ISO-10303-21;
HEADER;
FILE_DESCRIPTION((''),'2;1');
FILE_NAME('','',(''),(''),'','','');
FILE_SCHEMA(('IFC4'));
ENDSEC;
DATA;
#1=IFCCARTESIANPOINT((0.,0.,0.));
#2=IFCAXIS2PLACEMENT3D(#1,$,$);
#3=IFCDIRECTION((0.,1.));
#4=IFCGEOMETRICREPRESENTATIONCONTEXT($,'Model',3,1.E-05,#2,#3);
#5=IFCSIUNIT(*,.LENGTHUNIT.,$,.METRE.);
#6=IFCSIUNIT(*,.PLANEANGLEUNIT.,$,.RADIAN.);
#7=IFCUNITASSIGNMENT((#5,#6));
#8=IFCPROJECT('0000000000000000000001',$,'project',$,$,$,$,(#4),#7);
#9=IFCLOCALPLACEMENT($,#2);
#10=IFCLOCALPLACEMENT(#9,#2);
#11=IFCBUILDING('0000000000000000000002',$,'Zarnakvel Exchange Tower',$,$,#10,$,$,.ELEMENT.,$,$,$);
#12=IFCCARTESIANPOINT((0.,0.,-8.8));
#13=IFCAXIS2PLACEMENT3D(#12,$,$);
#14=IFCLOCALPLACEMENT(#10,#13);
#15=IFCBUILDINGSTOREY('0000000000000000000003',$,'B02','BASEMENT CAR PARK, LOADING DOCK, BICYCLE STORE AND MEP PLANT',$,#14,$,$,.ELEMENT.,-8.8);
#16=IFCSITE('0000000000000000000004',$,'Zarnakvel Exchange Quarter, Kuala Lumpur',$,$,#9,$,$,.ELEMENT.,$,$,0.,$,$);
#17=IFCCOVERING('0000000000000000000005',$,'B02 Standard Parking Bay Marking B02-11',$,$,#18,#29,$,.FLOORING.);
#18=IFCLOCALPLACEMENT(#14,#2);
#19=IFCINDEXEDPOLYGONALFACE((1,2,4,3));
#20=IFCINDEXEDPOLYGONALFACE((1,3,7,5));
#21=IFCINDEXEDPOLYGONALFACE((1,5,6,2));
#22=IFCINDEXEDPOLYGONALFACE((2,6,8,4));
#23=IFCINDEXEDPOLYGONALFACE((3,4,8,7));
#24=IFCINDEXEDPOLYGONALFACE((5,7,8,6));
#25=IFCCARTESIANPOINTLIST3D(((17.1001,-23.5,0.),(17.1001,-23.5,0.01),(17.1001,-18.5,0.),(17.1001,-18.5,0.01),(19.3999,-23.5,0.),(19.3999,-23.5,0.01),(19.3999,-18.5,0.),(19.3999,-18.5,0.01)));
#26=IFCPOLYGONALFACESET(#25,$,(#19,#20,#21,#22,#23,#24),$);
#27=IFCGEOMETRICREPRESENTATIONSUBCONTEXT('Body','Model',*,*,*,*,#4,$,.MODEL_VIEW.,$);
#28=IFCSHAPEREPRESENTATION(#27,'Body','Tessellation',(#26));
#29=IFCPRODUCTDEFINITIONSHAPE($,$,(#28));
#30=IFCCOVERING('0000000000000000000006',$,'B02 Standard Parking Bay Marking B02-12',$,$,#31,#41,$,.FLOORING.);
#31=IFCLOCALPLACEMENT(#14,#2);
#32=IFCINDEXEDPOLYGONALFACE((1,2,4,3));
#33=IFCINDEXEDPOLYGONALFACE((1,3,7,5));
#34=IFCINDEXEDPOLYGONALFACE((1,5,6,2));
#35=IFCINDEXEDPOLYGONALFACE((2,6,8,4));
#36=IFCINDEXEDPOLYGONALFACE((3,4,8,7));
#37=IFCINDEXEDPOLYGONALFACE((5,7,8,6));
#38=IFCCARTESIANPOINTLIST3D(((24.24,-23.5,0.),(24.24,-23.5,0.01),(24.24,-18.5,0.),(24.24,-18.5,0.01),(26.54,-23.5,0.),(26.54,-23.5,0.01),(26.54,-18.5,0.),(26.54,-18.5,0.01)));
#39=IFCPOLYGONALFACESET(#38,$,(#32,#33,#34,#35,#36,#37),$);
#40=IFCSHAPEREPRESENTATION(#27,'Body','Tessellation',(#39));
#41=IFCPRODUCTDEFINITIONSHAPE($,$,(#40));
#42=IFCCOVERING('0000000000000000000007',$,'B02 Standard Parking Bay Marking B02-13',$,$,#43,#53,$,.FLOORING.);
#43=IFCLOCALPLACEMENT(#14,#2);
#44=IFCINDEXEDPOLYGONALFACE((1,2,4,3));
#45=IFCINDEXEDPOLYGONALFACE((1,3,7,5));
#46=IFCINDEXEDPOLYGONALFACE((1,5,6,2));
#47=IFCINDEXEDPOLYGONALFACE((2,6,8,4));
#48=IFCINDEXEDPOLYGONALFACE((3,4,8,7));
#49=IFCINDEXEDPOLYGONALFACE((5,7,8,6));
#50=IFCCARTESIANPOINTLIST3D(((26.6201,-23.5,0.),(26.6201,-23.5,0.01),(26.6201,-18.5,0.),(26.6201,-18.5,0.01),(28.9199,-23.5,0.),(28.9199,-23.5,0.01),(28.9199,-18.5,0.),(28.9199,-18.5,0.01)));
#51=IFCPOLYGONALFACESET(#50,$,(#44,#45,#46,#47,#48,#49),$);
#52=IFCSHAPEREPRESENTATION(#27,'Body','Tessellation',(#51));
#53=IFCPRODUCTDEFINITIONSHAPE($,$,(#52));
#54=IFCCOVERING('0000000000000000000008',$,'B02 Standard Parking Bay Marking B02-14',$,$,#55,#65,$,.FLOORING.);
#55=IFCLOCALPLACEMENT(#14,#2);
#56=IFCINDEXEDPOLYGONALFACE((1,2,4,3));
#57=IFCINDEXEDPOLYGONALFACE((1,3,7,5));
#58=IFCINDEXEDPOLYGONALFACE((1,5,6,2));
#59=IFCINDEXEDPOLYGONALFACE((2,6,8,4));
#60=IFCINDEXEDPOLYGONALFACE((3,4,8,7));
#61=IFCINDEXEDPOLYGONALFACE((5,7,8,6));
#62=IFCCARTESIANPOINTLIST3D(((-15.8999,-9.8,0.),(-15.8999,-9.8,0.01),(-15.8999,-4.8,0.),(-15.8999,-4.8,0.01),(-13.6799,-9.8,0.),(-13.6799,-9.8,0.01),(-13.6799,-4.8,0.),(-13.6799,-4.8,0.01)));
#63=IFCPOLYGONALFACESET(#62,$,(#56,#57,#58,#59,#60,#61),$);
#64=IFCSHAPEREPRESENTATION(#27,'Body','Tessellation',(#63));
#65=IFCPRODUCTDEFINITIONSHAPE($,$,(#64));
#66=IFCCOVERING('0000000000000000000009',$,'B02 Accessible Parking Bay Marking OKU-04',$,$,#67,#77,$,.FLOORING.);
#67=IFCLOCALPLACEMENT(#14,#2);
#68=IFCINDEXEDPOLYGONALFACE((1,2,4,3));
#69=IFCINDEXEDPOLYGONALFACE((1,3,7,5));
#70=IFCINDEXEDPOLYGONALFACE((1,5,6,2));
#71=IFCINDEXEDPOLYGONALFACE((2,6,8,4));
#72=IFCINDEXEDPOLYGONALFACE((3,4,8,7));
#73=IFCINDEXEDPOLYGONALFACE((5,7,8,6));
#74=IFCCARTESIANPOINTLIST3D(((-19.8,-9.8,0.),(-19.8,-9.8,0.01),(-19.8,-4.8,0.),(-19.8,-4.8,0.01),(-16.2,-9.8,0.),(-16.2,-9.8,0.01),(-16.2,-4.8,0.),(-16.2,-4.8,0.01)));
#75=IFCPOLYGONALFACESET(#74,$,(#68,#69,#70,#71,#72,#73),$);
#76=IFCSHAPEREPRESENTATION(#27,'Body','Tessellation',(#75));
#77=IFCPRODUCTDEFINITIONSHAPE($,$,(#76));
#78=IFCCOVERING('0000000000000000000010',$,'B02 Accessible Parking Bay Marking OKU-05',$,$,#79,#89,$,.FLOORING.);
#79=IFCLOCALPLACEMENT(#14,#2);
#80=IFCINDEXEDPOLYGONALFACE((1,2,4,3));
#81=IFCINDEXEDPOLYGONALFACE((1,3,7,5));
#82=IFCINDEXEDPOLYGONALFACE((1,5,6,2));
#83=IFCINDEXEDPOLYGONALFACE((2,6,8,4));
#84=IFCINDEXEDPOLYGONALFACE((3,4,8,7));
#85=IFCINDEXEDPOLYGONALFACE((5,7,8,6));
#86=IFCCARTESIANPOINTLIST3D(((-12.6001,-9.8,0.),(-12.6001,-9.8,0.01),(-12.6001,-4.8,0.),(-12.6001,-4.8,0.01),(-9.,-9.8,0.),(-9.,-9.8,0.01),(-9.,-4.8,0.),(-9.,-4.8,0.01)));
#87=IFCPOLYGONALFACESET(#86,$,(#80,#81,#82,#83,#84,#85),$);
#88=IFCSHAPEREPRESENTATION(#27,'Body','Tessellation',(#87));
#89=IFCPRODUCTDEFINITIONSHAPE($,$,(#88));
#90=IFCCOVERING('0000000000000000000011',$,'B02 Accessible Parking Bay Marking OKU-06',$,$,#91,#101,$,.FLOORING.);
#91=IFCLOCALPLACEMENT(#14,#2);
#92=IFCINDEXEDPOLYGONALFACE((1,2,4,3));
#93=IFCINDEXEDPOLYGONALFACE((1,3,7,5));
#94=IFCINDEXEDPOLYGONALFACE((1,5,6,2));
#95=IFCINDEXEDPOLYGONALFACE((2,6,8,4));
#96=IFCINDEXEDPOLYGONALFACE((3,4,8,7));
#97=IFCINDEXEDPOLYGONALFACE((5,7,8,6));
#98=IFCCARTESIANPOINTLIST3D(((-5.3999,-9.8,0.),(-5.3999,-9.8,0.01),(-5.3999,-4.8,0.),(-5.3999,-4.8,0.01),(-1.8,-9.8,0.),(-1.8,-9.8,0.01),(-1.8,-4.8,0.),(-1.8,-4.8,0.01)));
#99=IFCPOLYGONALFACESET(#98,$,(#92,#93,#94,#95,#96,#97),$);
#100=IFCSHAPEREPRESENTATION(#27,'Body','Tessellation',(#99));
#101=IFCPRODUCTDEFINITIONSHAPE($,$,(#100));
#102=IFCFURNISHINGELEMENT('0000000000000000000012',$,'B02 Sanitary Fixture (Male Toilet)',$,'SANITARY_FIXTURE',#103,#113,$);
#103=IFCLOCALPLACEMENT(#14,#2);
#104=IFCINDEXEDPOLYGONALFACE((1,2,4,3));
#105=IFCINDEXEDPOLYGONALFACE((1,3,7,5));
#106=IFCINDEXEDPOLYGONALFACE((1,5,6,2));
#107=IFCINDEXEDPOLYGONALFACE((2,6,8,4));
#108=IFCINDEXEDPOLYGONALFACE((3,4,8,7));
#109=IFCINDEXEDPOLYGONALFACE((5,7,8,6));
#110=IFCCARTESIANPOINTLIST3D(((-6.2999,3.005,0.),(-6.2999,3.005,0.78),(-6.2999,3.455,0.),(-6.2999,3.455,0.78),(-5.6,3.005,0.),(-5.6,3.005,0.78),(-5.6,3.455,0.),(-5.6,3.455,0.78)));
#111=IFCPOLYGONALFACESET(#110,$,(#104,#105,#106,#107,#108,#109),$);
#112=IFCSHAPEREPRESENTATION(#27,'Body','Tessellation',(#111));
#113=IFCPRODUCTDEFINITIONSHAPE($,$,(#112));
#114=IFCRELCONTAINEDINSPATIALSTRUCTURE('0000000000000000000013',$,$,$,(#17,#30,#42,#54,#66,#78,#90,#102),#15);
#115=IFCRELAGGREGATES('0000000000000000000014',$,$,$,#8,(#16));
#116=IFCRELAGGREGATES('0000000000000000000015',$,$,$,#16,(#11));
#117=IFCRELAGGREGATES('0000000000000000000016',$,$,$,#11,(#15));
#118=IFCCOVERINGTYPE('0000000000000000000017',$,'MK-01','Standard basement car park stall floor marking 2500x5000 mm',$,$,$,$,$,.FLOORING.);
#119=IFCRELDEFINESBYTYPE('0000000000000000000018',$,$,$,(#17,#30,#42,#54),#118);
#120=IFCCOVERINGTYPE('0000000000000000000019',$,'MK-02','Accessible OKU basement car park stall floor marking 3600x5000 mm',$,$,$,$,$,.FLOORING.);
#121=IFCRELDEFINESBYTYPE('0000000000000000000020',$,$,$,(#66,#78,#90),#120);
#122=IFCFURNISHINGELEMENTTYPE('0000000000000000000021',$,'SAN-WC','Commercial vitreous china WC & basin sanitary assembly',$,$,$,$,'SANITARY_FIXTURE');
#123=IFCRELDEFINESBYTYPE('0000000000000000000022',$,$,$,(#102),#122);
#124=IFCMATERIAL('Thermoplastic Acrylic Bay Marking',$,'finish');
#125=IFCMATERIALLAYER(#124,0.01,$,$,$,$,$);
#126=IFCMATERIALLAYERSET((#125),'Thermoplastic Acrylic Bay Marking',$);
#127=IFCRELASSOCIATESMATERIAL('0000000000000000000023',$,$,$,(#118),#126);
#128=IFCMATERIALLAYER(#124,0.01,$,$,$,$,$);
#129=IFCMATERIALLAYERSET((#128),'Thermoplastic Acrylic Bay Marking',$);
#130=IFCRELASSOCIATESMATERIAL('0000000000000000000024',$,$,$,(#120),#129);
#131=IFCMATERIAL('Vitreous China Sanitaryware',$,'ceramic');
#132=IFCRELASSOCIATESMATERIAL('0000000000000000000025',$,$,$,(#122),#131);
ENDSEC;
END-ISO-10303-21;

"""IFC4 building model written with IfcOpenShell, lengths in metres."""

from ifc_helpers import new_model, si_unit, direction, frame, origin, origin_2d, place, context, subcontext, project, spatial, polyline, rectangle, outline, extrude, source, transform, mapped, material, layer, layer_set, type_object, element, save


model = new_model("IFC4")

# Units and contexts
model_context = context("Model", 3, precision=1e-05, world=origin(), true_north=direction((0.0, 1.0)))
body_context = subcontext(model_context, "Body", "Model", "MODEL_VIEW")
ifc_project = project(units=[si_unit("LENGTHUNIT", "METRE"), si_unit("PLANEANGLEUNIT", "RADIAN")], contexts=[model_context])

# Site, building, storey
site_placement = place(None, origin())
site = spatial("IfcSite", under=ifc_project, at=site_placement, Name="Zarnakvel Exchange Quarter, Kuala Lumpur", CompositionType="ELEMENT", RefElevation=0.0)
building_placement = place(site_placement, origin())
building = spatial("IfcBuilding", under=site, at=building_placement, Name="Zarnakvel Exchange Tower", CompositionType="ELEMENT")
storey_placement = place(building_placement, frame((0.0, 0.0, -8.8)))
storey = spatial("IfcBuildingStorey", under=building, at=storey_placement, Name="B02", Description="BASEMENT CAR PARK, LOADING DOCK, BICYCLE STORE AND MEP PLANT", CompositionType="ELEMENT", Elevation=-8.8)

# Coverings
ifc_material_1 = material(Name="Thermoplastic Acrylic Bay Marking", Category="finish")
ifc_layer_1 = layer(ifc_material_1, 0.01)
ifc_layer_set_1 = layer_set([ifc_layer_1], Name="Thermoplastic Acrylic Bay Marking")
covering_type_1 = type_object("IfcCoveringType", Name="MK-01", Description="Standard basement car park stall floor marking 2500x5000 mm", PredefinedType="FLOORING", material=ifc_layer_set_1)
covering_1_placement = place(storey_placement, origin())
element("IfcCovering", 1, at=covering_1_placement, inside=storey, type_object=covering_type_1, Name="B02 Standard Parking Bay Marking B02-11", PredefinedType="FLOORING", context=body_context, shape_type="SweptSolid", body=[
    extrude(outline(polyline([(17.1001, -23.5), (19.3999, -23.5), (19.3999, -18.5), (17.1001, -18.5), (17.1001, -23.5)])), origin(), (0.0, 0.0, 1.0), 0.01),
])
covering_2_placement = place(storey_placement, origin())
element("IfcCovering", 2, at=covering_2_placement, inside=storey, type_object=covering_type_1, Name="B02 Standard Parking Bay Marking B02-12", PredefinedType="FLOORING", context=body_context, shape_type="SweptSolid", body=[
    extrude(outline(polyline([(24.24, -23.5), (26.54, -23.5), (26.54, -18.5), (24.24, -18.5), (24.24, -23.5)])), origin(), (0.0, 0.0, 1.0), 0.01),
])
covering_3_placement = place(storey_placement, origin())
element("IfcCovering", 3, at=covering_3_placement, inside=storey, type_object=covering_type_1, Name="B02 Standard Parking Bay Marking B02-13", PredefinedType="FLOORING", context=body_context, shape_type="SweptSolid", body=[
    extrude(outline(polyline([(26.6201, -23.5), (28.9199, -23.5), (28.9199, -18.5), (26.6201, -18.5), (26.6201, -23.5)])), origin(), (0.0, 0.0, 1.0), 0.01),
])
covering_4_placement = place(storey_placement, origin())
element("IfcCovering", 4, at=covering_4_placement, inside=storey, type_object=covering_type_1, Name="B02 Standard Parking Bay Marking B02-14", PredefinedType="FLOORING", context=body_context, shape_type="SweptSolid", body=[
    extrude(outline(polyline([(-15.8999, -9.8), (-13.6799, -9.8), (-13.6799, -4.8), (-15.8999, -4.8), (-15.8999, -9.8)])), origin(), (0.0, 0.0, 1.0), 0.01),
])
ifc_layer_2 = layer(ifc_material_1, 0.01)
ifc_layer_set_2 = layer_set([ifc_layer_2], Name="Thermoplastic Acrylic Bay Marking")
covering_type_2 = type_object("IfcCoveringType", Name="MK-02", Description="Accessible OKU basement car park stall floor marking 3600x5000 mm", PredefinedType="FLOORING", material=ifc_layer_set_2)
covering_5_placement = place(storey_placement, origin())
element("IfcCovering", 5, at=covering_5_placement, inside=storey, type_object=covering_type_2, Name="B02 Accessible Parking Bay Marking OKU-04", PredefinedType="FLOORING", context=body_context, shape_type="SweptSolid", body=[
    extrude(outline(polyline([(-19.8, -9.8), (-16.2, -9.8), (-16.2, -4.8), (-19.8, -4.8), (-19.8, -9.8)])), origin(), (0.0, 0.0, 1.0), 0.01),
])
covering_6_placement = place(storey_placement, origin())
element("IfcCovering", 6, at=covering_6_placement, inside=storey, type_object=covering_type_2, Name="B02 Accessible Parking Bay Marking OKU-05", PredefinedType="FLOORING", context=body_context, shape_type="SweptSolid", body=[
    extrude(outline(polyline([(-12.6001, -9.8), (-9.0, -9.8), (-9.0, -4.8), (-12.6001, -4.8), (-12.6001, -9.8)])), origin(), (0.0, 0.0, 1.0), 0.01),
])
covering_7_placement = place(storey_placement, origin())
element("IfcCovering", 7, at=covering_7_placement, inside=storey, type_object=covering_type_2, Name="B02 Accessible Parking Bay Marking OKU-06", PredefinedType="FLOORING", context=body_context, shape_type="SweptSolid", body=[
    extrude(outline(polyline([(-5.3999, -9.8), (-1.8, -9.8), (-1.8, -4.8), (-5.3999, -4.8), (-5.3999, -9.8)])), origin(), (0.0, 0.0, 1.0), 0.01),
])

# Furnishing element
ifc_material_2 = material(Name="Vitreous China Sanitaryware", Category="ceramic")
furnishing_element_type = type_object("IfcFurnishingElementType", Name="SAN-WC", Description="Commercial vitreous china WC & basin sanitary assembly", ElementType="SANITARY_FIXTURE", material=ifc_material_2)
shared_shape = source(origin(), body_context, "Body", "SweptSolid", [
    extrude(rectangle(XDim=0.7, YDim=0.45, at=origin_2d()), origin(), (0.0, 0.0, 1.0), 0.78),
])
furnishing_placement = place(storey_placement, frame((-5.95, 3.23, 0.0), z_axis=(0.0, 0.0, 1.0), x_axis=(1.0, 0.0, 0.0)))
element("IfcFurnishingElement", 8, at=furnishing_placement, inside=storey, type_object=furnishing_element_type, Name="B02 Sanitary Fixture (Male Toilet)", ObjectType="SANITARY_FIXTURE", context=body_context, shape_type="MappedRepresentation", body=[
    mapped(shared_shape, transform((0.0, 0.0, 0.0), x_axis=(1.0, 0.0, 0.0), y_axis=(0.0, 1.0, 0.0), z_axis=(0.0, 0.0, 1.0), scale=1.0)),
])

save(model, "model.ifc")
